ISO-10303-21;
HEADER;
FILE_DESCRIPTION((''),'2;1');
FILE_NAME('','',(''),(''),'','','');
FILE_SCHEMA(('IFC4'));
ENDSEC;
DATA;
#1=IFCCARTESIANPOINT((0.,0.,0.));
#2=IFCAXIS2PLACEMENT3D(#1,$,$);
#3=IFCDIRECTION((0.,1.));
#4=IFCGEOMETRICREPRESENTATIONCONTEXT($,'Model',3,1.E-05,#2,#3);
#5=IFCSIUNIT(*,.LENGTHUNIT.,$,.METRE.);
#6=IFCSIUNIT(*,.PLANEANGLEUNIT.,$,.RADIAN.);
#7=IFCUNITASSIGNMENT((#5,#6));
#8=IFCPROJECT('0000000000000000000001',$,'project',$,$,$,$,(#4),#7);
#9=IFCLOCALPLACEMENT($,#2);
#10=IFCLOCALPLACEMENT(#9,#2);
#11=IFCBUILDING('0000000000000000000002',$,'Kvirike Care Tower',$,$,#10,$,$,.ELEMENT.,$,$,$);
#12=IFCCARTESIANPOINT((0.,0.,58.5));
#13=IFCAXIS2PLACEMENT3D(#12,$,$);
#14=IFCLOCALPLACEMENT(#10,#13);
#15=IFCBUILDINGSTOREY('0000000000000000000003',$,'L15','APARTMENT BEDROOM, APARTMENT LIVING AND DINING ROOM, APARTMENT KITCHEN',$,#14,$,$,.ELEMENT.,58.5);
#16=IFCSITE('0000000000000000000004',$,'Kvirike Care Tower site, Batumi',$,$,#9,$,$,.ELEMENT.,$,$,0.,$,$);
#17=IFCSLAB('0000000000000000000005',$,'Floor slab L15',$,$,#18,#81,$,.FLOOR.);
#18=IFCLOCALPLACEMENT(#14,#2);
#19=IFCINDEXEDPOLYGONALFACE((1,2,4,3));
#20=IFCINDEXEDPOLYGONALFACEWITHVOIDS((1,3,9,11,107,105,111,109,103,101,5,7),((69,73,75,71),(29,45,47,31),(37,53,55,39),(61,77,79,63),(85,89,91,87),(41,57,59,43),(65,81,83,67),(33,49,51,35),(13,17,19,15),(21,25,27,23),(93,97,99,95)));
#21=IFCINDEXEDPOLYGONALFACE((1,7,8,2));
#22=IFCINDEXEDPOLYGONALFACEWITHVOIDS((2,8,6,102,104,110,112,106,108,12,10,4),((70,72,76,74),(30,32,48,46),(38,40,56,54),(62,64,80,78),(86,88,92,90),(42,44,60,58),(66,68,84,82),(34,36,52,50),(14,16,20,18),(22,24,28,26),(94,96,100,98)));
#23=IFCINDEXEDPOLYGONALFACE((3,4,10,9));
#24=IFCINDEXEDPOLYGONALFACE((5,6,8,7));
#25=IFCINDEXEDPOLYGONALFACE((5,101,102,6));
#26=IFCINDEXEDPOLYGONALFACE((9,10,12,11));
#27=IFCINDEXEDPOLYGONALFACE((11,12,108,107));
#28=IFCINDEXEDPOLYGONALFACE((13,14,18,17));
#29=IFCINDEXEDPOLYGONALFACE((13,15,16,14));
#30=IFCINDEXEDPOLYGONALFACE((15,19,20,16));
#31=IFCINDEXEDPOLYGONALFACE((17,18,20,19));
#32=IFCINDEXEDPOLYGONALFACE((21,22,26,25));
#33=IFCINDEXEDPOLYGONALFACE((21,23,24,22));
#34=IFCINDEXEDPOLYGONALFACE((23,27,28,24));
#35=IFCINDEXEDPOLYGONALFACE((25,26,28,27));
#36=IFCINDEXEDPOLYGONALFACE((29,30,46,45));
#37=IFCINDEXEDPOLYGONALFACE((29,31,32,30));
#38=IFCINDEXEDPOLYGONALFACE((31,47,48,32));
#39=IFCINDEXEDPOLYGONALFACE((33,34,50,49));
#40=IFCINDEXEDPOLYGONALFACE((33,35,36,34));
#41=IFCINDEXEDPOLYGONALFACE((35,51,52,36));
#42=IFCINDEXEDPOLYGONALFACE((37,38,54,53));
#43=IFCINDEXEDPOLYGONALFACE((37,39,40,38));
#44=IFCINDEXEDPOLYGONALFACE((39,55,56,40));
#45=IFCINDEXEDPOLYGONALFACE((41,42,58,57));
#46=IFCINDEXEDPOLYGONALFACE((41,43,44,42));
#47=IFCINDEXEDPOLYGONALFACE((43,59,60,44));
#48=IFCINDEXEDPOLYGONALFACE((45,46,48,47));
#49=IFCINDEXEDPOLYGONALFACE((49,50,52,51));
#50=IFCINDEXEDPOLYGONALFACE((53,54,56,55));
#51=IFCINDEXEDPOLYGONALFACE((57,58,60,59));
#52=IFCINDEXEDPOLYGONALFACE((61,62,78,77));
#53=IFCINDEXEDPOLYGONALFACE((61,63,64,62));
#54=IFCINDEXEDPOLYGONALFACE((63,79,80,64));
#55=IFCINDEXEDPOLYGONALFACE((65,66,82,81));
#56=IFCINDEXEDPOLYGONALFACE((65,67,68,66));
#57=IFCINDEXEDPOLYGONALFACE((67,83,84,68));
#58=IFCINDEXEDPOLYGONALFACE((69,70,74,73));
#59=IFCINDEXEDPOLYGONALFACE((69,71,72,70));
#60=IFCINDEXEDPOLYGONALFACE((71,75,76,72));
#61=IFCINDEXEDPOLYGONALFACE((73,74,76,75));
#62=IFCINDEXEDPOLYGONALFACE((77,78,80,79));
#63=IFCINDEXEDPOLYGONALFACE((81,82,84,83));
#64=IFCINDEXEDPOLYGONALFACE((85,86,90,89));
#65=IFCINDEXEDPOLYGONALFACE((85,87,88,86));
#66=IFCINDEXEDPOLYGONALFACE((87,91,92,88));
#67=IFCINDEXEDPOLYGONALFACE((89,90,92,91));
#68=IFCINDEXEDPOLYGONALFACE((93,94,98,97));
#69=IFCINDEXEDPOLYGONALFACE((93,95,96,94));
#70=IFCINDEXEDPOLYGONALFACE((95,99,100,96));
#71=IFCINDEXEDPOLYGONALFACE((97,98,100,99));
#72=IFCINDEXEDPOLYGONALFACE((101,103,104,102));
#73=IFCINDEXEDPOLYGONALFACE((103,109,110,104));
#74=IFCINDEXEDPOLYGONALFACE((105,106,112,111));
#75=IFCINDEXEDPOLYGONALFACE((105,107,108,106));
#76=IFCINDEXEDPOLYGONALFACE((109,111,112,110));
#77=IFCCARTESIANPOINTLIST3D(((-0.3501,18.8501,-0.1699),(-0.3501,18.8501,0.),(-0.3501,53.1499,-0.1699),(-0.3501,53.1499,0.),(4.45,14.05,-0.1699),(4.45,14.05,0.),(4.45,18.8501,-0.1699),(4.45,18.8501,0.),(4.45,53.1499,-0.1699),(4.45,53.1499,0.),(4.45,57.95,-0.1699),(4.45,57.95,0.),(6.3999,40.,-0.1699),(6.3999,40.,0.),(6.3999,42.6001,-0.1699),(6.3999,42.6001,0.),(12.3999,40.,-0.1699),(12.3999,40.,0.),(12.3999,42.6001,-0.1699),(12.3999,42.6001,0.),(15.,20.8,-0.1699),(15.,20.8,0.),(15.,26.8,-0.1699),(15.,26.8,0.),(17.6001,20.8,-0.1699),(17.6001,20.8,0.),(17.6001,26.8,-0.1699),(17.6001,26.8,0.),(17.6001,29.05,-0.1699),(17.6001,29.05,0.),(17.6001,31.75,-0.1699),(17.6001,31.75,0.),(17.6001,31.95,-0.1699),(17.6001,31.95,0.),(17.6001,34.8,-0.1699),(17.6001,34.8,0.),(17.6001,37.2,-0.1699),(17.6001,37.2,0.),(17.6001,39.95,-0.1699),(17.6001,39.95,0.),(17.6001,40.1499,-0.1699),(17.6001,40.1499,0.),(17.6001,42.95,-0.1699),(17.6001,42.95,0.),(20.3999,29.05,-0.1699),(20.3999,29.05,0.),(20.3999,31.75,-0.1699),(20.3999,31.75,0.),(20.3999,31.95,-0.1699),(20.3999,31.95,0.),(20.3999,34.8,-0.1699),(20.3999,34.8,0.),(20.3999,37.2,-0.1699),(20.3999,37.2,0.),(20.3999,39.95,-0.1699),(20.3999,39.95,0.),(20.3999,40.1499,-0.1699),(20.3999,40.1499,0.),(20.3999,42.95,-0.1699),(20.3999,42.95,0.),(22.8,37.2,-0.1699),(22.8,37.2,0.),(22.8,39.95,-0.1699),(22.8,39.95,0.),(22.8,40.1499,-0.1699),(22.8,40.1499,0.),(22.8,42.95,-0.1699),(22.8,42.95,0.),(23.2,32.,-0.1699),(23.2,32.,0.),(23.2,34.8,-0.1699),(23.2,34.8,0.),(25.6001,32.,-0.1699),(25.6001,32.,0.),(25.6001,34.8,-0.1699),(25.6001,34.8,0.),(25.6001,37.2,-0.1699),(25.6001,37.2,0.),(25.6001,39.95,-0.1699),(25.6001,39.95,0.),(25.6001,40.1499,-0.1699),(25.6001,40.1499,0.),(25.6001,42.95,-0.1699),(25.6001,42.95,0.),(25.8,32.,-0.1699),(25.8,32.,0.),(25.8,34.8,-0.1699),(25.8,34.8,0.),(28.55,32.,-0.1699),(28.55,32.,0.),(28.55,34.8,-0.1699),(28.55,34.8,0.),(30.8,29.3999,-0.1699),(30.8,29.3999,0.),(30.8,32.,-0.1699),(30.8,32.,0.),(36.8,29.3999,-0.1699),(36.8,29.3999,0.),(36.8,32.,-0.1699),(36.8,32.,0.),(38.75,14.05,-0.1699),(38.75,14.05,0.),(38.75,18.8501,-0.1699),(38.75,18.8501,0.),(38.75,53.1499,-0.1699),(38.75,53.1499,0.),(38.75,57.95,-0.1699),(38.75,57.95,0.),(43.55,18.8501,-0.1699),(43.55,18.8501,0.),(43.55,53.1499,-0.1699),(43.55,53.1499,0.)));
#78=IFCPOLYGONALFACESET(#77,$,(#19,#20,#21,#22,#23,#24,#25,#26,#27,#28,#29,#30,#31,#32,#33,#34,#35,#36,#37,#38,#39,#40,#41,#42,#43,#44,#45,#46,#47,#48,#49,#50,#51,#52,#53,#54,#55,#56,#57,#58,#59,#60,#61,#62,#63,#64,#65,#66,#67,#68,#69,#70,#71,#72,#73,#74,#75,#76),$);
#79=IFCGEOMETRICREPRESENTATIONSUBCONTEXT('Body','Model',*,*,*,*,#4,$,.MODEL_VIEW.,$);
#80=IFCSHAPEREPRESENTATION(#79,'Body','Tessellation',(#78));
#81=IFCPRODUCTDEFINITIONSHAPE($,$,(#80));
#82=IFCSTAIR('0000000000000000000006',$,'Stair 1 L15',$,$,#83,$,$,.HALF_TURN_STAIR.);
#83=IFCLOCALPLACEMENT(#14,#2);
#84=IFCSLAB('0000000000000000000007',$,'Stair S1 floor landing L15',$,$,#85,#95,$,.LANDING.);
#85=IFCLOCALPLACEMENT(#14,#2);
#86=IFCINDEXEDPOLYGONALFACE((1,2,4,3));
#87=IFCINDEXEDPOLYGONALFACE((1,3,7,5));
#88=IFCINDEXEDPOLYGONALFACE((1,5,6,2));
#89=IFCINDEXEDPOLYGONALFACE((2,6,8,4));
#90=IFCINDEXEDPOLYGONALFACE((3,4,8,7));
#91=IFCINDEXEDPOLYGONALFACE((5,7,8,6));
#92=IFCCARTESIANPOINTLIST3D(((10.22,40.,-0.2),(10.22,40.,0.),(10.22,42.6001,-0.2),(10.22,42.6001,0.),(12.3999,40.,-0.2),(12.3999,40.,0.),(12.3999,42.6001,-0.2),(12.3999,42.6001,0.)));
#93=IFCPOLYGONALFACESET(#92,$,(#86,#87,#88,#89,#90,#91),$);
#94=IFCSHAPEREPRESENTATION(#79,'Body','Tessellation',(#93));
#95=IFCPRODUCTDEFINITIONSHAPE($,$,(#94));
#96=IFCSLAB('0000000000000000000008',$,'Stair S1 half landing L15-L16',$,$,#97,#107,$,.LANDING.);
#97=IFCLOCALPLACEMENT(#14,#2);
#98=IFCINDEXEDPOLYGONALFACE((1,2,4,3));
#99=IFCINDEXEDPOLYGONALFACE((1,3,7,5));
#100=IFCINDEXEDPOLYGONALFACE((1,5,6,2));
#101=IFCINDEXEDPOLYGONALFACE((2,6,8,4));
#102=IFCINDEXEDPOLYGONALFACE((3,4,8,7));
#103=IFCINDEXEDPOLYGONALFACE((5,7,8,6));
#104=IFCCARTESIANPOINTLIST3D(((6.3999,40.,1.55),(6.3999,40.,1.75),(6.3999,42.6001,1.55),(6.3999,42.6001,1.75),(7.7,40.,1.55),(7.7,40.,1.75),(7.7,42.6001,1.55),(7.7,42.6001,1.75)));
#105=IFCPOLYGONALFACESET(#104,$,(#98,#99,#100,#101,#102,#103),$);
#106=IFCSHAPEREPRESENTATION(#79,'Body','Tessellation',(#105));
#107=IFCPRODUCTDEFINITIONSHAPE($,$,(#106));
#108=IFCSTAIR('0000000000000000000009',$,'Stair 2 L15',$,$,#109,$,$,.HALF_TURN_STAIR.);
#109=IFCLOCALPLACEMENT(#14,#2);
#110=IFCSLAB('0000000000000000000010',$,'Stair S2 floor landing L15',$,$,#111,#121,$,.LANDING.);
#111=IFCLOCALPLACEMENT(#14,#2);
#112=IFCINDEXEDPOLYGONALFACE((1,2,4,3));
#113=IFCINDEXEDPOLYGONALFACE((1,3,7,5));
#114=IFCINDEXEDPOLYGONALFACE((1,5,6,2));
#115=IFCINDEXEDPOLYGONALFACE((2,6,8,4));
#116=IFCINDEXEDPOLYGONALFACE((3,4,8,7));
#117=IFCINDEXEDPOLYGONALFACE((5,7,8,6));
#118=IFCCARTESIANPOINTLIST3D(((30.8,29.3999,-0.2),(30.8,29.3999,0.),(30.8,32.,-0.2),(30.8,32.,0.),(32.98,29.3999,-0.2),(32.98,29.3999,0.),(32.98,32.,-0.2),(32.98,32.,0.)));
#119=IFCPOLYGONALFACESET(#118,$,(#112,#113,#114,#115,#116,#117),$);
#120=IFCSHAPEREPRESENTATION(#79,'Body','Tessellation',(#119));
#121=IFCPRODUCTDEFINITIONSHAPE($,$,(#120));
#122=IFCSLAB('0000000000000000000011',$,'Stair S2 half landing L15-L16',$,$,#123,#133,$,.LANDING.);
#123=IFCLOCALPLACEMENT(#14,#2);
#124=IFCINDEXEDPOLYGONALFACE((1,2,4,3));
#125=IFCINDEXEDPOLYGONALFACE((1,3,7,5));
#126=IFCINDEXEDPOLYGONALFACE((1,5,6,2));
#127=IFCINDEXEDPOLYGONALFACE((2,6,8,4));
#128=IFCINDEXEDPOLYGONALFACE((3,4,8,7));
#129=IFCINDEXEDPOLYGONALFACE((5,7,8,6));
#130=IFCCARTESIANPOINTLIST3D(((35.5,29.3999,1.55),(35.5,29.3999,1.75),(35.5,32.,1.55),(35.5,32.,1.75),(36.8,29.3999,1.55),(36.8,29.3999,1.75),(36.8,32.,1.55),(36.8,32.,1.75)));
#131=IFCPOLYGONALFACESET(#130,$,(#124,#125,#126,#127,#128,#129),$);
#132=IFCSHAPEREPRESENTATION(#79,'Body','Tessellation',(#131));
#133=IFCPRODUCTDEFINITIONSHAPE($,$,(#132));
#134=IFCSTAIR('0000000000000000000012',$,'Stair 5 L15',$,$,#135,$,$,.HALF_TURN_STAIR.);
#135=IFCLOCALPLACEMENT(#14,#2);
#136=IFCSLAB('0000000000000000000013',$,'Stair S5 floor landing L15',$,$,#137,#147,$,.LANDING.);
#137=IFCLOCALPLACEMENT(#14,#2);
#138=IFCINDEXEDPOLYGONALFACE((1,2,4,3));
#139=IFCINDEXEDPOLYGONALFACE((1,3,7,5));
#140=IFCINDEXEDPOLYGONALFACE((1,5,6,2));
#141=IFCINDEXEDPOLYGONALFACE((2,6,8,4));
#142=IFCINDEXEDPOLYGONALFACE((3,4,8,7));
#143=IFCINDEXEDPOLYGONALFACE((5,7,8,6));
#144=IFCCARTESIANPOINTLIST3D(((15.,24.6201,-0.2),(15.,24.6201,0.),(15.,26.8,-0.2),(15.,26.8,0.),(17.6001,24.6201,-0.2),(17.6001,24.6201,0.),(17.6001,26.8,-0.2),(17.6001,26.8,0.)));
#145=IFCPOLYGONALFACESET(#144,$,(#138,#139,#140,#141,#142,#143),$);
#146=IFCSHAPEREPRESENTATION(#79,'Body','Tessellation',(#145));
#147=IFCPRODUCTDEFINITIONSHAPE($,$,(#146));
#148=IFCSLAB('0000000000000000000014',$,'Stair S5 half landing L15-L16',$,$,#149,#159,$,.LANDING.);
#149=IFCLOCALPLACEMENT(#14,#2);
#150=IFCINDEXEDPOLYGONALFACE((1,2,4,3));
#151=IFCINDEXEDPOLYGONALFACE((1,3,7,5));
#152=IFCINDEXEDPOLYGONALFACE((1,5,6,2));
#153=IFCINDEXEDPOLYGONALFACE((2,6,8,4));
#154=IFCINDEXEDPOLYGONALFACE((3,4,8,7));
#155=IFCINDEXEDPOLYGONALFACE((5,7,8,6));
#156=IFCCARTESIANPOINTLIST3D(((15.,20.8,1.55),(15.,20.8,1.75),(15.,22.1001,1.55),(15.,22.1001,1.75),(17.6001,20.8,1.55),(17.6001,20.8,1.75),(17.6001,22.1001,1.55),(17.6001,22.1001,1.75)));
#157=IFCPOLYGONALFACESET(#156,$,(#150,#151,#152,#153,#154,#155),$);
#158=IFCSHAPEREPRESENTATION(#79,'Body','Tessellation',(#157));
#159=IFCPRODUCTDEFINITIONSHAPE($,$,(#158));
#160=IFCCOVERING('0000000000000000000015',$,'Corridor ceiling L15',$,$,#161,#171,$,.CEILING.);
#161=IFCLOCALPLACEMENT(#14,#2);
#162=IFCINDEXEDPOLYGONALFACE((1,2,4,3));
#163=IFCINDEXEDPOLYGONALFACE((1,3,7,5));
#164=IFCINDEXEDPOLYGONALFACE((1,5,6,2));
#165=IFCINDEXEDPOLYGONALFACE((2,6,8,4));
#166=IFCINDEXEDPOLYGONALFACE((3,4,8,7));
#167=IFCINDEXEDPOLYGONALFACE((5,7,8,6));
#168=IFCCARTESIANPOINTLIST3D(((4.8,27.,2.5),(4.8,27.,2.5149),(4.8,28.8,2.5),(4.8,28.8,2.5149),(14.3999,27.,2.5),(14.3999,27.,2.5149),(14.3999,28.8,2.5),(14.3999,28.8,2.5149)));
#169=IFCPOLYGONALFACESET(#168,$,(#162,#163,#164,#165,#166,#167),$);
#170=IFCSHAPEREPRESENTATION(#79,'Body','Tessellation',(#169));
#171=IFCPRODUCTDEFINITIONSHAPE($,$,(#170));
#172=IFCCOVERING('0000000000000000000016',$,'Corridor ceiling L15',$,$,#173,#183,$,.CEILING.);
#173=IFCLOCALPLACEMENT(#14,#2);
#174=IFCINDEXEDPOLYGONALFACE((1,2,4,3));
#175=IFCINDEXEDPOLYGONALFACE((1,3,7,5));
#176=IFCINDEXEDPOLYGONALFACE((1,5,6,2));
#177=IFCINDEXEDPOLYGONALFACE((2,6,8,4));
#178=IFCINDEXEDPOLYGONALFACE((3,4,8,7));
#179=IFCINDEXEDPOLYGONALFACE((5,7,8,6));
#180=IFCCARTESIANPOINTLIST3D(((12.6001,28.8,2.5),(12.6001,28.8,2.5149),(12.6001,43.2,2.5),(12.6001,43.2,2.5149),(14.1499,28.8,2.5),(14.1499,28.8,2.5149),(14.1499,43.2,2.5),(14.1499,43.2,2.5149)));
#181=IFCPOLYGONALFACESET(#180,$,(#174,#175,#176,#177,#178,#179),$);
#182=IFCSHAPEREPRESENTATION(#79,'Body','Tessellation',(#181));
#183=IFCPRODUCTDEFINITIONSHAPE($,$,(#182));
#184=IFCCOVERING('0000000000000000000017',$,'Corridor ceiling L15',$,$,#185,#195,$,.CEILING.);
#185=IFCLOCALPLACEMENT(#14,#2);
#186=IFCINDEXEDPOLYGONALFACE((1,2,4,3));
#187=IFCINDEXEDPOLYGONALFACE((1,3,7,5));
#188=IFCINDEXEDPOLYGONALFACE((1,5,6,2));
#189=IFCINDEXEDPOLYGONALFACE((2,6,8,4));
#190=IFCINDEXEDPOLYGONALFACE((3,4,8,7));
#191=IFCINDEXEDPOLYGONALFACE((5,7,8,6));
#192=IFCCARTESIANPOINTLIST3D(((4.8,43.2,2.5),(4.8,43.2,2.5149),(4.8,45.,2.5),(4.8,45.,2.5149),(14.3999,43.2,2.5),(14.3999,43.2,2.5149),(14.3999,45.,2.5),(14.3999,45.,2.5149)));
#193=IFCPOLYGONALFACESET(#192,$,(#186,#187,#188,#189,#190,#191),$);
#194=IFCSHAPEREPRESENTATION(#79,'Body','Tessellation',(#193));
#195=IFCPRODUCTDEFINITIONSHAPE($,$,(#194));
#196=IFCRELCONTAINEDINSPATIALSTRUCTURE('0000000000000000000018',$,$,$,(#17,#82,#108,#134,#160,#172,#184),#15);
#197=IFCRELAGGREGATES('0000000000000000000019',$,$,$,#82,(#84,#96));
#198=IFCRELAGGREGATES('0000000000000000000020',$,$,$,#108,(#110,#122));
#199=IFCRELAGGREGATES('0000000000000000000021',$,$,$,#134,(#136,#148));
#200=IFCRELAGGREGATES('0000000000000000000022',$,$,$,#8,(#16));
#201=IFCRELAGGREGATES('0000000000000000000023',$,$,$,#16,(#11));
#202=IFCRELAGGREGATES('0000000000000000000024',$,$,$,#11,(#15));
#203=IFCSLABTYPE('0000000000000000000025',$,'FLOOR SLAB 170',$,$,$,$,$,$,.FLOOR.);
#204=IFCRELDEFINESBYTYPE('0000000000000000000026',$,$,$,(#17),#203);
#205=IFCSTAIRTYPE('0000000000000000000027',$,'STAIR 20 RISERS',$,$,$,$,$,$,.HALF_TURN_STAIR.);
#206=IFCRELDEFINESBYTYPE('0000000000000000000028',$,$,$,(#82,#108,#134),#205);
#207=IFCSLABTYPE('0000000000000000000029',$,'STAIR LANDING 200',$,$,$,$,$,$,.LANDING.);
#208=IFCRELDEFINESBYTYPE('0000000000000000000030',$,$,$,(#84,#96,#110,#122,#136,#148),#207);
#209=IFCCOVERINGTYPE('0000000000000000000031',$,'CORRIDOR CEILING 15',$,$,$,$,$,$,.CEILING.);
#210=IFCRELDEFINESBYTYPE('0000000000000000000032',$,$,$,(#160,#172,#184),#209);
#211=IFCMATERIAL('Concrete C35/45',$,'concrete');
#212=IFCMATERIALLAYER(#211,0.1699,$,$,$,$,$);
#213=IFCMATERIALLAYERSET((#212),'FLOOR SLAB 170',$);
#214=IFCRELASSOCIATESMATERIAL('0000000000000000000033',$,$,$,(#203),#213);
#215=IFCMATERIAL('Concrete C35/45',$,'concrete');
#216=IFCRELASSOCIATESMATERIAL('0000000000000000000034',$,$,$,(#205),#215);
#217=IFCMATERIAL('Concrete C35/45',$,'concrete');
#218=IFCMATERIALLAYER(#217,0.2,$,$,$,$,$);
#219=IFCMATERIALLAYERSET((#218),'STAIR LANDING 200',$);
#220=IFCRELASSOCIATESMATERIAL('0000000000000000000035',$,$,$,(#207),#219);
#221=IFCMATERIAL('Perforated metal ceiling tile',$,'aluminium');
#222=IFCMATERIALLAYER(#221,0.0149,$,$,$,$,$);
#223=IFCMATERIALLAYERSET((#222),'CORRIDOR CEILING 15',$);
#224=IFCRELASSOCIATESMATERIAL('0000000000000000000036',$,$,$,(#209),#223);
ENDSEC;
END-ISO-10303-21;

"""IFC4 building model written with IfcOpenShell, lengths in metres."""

from ifc_helpers import new_model, si_unit, direction, frame, origin, place, context, subcontext, project, spatial, polyline, outline, extrude, material, layer, layer_set, type_object, element, aggregate, save


model = new_model("IFC4")

# Units and contexts
model_context = context("Model", 3, precision=1e-05, world=origin(), true_north=direction((0.0, 1.0)))
body_context = subcontext(model_context, "Body", "Model", "MODEL_VIEW")
ifc_project = project(units=[si_unit("LENGTHUNIT", "METRE"), si_unit("PLANEANGLEUNIT", "RADIAN")], contexts=[model_context])

# Site, building, storey
site_placement = place(None, origin())
site = spatial("IfcSite", under=ifc_project, at=site_placement, Name="Kvirike Care Tower site, Batumi", CompositionType="ELEMENT", RefElevation=0.0)
building_placement = place(site_placement, origin())
building = spatial("IfcBuilding", under=site, at=building_placement, Name="Kvirike Care Tower", CompositionType="ELEMENT")
storey_placement = place(building_placement, frame((0.0, 0.0, 58.5)))
storey = spatial("IfcBuildingStorey", under=building, at=storey_placement, Name="L15", Description="APARTMENT BEDROOM, APARTMENT LIVING AND DINING ROOM, APARTMENT KITCHEN", CompositionType="ELEMENT", Elevation=58.5)

# Slab
ifc_material_1 = material(Name="Concrete C35/45", Category="concrete")
ifc_layer_1 = layer(ifc_material_1, 0.1699)
ifc_layer_set_1 = layer_set([ifc_layer_1], Name="FLOOR SLAB 170")
slab_type_1 = type_object("IfcSlabType", Name="FLOOR SLAB 170", PredefinedType="FLOOR", material=ifc_layer_set_1)
slab_1_placement = place(storey_placement, frame((0.0, 0.0, -0.1699)))
element("IfcSlab", 1, at=slab_1_placement, inside=storey, type_object=slab_type_1, Name="Floor slab L15", PredefinedType="FLOOR", context=body_context, shape_type="SweptSolid", body=[
    extrude(outline(polyline([(-0.3501, 53.1499), (-0.3501, 18.8501), (4.45, 18.8501), (4.45, 14.05), (38.75, 14.05), (38.75, 18.8501), (43.55, 18.8501), (43.55, 53.1499), (38.75, 53.1499), (38.75, 57.95), (4.45, 57.95), (4.45, 53.1499), (-0.3501, 53.1499)]), holes=[polyline([(17.6001, 29.05), (17.6001, 31.75), (20.3999, 31.75), (20.3999, 29.05), (17.6001, 29.05)]), polyline([(17.6001, 31.95), (17.6001, 34.8), (20.3999, 34.8), (20.3999, 31.95), (17.6001, 31.95)]), polyline([(17.6001, 37.2), (17.6001, 39.95), (20.3999, 39.95), (20.3999, 37.2), (17.6001, 37.2)]), polyline([(17.6001, 40.1499), (17.6001, 42.95), (20.3999, 42.95), (20.3999, 40.1499), (17.6001, 40.1499)]), polyline([(22.8, 37.2), (22.8, 39.95), (25.6001, 39.95), (25.6001, 37.2), (22.8, 37.2)]), polyline([(22.8, 40.1499), (22.8, 42.95), (25.6001, 42.95), (25.6001, 40.1499), (22.8, 40.1499)]), polyline([(23.2, 32.0), (23.2, 34.8), (25.6001, 34.8), (25.6001, 32.0), (23.2, 32.0)]), polyline([(25.8, 32.0), (25.8, 34.8), (28.55, 34.8), (28.55, 32.0), (25.8, 32.0)]), polyline([(12.3999, 42.6001), (12.3999, 40.0), (6.3999, 40.0), (6.3999, 42.6001), (12.3999, 42.6001)]), polyline([(30.8, 29.3999), (30.8, 32.0), (36.8, 32.0), (36.8, 29.3999), (30.8, 29.3999)]), polyline([(15.0, 26.8), (17.6001, 26.8), (17.6001, 20.8), (15.0, 20.8), (15.0, 26.8)])]), origin(), (0.0, 0.0, 1.0), 0.1699),
])

# Stairs, slabs
ifc_material_2 = material(Name="Concrete C35/45", Category="concrete")
stair_type = type_object("IfcStairType", Name="STAIR 20 RISERS", PredefinedType="HALF_TURN_STAIR", material=ifc_material_2)
stair_1_placement = place(storey_placement, origin())
stair_1 = element("IfcStair", 2, at=stair_1_placement, inside=storey, type_object=stair_type, Name="Stair 1 L15", PredefinedType="HALF_TURN_STAIR")
ifc_material_3 = material(Name="Concrete C35/45", Category="concrete")
ifc_layer_2 = layer(ifc_material_3, 0.2)
ifc_layer_set_2 = layer_set([ifc_layer_2], Name="STAIR LANDING 200")
slab_type_2 = type_object("IfcSlabType", Name="STAIR LANDING 200", PredefinedType="LANDING", material=ifc_layer_set_2)
slab_2_placement = place(storey_placement, frame((0.0, 0.0, -0.2)))
slab_2 = element("IfcSlab", 3, at=slab_2_placement, type_object=slab_type_2, Name="Stair S1 floor landing L15", PredefinedType="LANDING", context=body_context, shape_type="SweptSolid", body=[
    extrude(outline(polyline([(10.22, 42.6001), (10.22, 40.0), (12.3999, 40.0), (12.3999, 42.6001), (10.22, 42.6001)])), origin(), (0.0, 0.0, 1.0), 0.2),
])
slab_3_placement = place(storey_placement, frame((0.0, 0.0, 1.55)))
slab_3 = element("IfcSlab", 4, at=slab_3_placement, type_object=slab_type_2, Name="Stair S1 half landing L15-L16", PredefinedType="LANDING", context=body_context, shape_type="SweptSolid", body=[
    extrude(outline(polyline([(6.3999, 42.6001), (6.3999, 40.0), (7.7, 40.0), (7.7, 42.6001), (6.3999, 42.6001)])), origin(), (0.0, 0.0, 1.0), 0.2),
])
aggregate(stair_1, [slab_2, slab_3])
stair_2_placement = place(storey_placement, origin())
stair_2 = element("IfcStair", 5, at=stair_2_placement, inside=storey, type_object=stair_type, Name="Stair 2 L15", PredefinedType="HALF_TURN_STAIR")
slab_4_placement = place(storey_placement, frame((0.0, 0.0, -0.2)))
slab_4 = element("IfcSlab", 6, at=slab_4_placement, type_object=slab_type_2, Name="Stair S2 floor landing L15", PredefinedType="LANDING", context=body_context, shape_type="SweptSolid", body=[
    extrude(outline(polyline([(32.98, 29.3999), (32.98, 32.0), (30.8, 32.0), (30.8, 29.3999), (32.98, 29.3999)])), origin(), (0.0, 0.0, 1.0), 0.2),
])
slab_5_placement = place(storey_placement, frame((0.0, 0.0, 1.55)))
slab_5 = element("IfcSlab", 7, at=slab_5_placement, type_object=slab_type_2, Name="Stair S2 half landing L15-L16", PredefinedType="LANDING", context=body_context, shape_type="SweptSolid", body=[
    extrude(outline(polyline([(36.8, 29.3999), (36.8, 32.0), (35.5, 32.0), (35.5, 29.3999), (36.8, 29.3999)])), origin(), (0.0, 0.0, 1.0), 0.2),
])
aggregate(stair_2, [slab_4, slab_5])
stair_3_placement = place(storey_placement, origin())
stair_3 = element("IfcStair", 8, at=stair_3_placement, inside=storey, type_object=stair_type, Name="Stair 5 L15", PredefinedType="HALF_TURN_STAIR")
slab_6_placement = place(storey_placement, frame((0.0, 0.0, -0.2)))
slab_6 = element("IfcSlab", 9, at=slab_6_placement, type_object=slab_type_2, Name="Stair S5 floor landing L15", PredefinedType="LANDING", context=body_context, shape_type="SweptSolid", body=[
    extrude(outline(polyline([(15.0, 24.6201), (17.6001, 24.6201), (17.6001, 26.8), (15.0, 26.8), (15.0, 24.6201)])), origin(), (0.0, 0.0, 1.0), 0.2),
])
slab_7_placement = place(storey_placement, frame((0.0, 0.0, 1.55)))
slab_7 = element("IfcSlab", 10, at=slab_7_placement, type_object=slab_type_2, Name="Stair S5 half landing L15-L16", PredefinedType="LANDING", context=body_context, shape_type="SweptSolid", body=[
    extrude(outline(polyline([(15.0, 20.8), (17.6001, 20.8), (17.6001, 22.1001), (15.0, 22.1001), (15.0, 20.8)])), origin(), (0.0, 0.0, 1.0), 0.2),
])
aggregate(stair_3, [slab_6, slab_7])

# Coverings
ifc_material_4 = material(Name="Perforated metal ceiling tile", Category="aluminium")
ifc_layer_3 = layer(ifc_material_4, 0.0149)
ifc_layer_set_3 = layer_set([ifc_layer_3], Name="CORRIDOR CEILING 15")
covering_type_1 = type_object("IfcCoveringType", Name="CORRIDOR CEILING 15", PredefinedType="CEILING", material=ifc_layer_set_3)
covering_1_placement = place(storey_placement, frame((0.0, 0.0, 2.5)))
element("IfcCovering", 11, at=covering_1_placement, inside=storey, type_object=covering_type_1, Name="Corridor ceiling L15", PredefinedType="CEILING", context=body_context, shape_type="SweptSolid", body=[
    extrude(outline(polyline([(4.8, 27.0), (4.8, 28.8), (14.3999, 28.8), (14.3999, 27.0), (4.8, 27.0)])), origin(), (0.0, 0.0, 1.0), 0.0149),
])
covering_2_placement = place(storey_placement, frame((0.0, 0.0, 2.5)))
element("IfcCovering", 12, at=covering_2_placement, inside=storey, type_object=covering_type_1, Name="Corridor ceiling L15", PredefinedType="CEILING", context=body_context, shape_type="SweptSolid", body=[
    extrude(outline(polyline([(12.6001, 43.2), (14.1499, 43.2), (14.1499, 28.8), (12.6001, 28.8), (12.6001, 43.2)])), origin(), (0.0, 0.0, 1.0), 0.0149),
])
covering_3_placement = place(storey_placement, frame((0.0, 0.0, 2.5)))
element("IfcCovering", 13, at=covering_3_placement, inside=storey, type_object=covering_type_1, Name="Corridor ceiling L15", PredefinedType="CEILING", context=body_context, shape_type="SweptSolid", body=[
    extrude(outline(polyline([(14.3999, 45.0), (14.3999, 43.2), (4.8, 43.2), (4.8, 45.0), (14.3999, 45.0)])), origin(), (0.0, 0.0, 1.0), 0.0149),
])

save(model, "model.ifc")
